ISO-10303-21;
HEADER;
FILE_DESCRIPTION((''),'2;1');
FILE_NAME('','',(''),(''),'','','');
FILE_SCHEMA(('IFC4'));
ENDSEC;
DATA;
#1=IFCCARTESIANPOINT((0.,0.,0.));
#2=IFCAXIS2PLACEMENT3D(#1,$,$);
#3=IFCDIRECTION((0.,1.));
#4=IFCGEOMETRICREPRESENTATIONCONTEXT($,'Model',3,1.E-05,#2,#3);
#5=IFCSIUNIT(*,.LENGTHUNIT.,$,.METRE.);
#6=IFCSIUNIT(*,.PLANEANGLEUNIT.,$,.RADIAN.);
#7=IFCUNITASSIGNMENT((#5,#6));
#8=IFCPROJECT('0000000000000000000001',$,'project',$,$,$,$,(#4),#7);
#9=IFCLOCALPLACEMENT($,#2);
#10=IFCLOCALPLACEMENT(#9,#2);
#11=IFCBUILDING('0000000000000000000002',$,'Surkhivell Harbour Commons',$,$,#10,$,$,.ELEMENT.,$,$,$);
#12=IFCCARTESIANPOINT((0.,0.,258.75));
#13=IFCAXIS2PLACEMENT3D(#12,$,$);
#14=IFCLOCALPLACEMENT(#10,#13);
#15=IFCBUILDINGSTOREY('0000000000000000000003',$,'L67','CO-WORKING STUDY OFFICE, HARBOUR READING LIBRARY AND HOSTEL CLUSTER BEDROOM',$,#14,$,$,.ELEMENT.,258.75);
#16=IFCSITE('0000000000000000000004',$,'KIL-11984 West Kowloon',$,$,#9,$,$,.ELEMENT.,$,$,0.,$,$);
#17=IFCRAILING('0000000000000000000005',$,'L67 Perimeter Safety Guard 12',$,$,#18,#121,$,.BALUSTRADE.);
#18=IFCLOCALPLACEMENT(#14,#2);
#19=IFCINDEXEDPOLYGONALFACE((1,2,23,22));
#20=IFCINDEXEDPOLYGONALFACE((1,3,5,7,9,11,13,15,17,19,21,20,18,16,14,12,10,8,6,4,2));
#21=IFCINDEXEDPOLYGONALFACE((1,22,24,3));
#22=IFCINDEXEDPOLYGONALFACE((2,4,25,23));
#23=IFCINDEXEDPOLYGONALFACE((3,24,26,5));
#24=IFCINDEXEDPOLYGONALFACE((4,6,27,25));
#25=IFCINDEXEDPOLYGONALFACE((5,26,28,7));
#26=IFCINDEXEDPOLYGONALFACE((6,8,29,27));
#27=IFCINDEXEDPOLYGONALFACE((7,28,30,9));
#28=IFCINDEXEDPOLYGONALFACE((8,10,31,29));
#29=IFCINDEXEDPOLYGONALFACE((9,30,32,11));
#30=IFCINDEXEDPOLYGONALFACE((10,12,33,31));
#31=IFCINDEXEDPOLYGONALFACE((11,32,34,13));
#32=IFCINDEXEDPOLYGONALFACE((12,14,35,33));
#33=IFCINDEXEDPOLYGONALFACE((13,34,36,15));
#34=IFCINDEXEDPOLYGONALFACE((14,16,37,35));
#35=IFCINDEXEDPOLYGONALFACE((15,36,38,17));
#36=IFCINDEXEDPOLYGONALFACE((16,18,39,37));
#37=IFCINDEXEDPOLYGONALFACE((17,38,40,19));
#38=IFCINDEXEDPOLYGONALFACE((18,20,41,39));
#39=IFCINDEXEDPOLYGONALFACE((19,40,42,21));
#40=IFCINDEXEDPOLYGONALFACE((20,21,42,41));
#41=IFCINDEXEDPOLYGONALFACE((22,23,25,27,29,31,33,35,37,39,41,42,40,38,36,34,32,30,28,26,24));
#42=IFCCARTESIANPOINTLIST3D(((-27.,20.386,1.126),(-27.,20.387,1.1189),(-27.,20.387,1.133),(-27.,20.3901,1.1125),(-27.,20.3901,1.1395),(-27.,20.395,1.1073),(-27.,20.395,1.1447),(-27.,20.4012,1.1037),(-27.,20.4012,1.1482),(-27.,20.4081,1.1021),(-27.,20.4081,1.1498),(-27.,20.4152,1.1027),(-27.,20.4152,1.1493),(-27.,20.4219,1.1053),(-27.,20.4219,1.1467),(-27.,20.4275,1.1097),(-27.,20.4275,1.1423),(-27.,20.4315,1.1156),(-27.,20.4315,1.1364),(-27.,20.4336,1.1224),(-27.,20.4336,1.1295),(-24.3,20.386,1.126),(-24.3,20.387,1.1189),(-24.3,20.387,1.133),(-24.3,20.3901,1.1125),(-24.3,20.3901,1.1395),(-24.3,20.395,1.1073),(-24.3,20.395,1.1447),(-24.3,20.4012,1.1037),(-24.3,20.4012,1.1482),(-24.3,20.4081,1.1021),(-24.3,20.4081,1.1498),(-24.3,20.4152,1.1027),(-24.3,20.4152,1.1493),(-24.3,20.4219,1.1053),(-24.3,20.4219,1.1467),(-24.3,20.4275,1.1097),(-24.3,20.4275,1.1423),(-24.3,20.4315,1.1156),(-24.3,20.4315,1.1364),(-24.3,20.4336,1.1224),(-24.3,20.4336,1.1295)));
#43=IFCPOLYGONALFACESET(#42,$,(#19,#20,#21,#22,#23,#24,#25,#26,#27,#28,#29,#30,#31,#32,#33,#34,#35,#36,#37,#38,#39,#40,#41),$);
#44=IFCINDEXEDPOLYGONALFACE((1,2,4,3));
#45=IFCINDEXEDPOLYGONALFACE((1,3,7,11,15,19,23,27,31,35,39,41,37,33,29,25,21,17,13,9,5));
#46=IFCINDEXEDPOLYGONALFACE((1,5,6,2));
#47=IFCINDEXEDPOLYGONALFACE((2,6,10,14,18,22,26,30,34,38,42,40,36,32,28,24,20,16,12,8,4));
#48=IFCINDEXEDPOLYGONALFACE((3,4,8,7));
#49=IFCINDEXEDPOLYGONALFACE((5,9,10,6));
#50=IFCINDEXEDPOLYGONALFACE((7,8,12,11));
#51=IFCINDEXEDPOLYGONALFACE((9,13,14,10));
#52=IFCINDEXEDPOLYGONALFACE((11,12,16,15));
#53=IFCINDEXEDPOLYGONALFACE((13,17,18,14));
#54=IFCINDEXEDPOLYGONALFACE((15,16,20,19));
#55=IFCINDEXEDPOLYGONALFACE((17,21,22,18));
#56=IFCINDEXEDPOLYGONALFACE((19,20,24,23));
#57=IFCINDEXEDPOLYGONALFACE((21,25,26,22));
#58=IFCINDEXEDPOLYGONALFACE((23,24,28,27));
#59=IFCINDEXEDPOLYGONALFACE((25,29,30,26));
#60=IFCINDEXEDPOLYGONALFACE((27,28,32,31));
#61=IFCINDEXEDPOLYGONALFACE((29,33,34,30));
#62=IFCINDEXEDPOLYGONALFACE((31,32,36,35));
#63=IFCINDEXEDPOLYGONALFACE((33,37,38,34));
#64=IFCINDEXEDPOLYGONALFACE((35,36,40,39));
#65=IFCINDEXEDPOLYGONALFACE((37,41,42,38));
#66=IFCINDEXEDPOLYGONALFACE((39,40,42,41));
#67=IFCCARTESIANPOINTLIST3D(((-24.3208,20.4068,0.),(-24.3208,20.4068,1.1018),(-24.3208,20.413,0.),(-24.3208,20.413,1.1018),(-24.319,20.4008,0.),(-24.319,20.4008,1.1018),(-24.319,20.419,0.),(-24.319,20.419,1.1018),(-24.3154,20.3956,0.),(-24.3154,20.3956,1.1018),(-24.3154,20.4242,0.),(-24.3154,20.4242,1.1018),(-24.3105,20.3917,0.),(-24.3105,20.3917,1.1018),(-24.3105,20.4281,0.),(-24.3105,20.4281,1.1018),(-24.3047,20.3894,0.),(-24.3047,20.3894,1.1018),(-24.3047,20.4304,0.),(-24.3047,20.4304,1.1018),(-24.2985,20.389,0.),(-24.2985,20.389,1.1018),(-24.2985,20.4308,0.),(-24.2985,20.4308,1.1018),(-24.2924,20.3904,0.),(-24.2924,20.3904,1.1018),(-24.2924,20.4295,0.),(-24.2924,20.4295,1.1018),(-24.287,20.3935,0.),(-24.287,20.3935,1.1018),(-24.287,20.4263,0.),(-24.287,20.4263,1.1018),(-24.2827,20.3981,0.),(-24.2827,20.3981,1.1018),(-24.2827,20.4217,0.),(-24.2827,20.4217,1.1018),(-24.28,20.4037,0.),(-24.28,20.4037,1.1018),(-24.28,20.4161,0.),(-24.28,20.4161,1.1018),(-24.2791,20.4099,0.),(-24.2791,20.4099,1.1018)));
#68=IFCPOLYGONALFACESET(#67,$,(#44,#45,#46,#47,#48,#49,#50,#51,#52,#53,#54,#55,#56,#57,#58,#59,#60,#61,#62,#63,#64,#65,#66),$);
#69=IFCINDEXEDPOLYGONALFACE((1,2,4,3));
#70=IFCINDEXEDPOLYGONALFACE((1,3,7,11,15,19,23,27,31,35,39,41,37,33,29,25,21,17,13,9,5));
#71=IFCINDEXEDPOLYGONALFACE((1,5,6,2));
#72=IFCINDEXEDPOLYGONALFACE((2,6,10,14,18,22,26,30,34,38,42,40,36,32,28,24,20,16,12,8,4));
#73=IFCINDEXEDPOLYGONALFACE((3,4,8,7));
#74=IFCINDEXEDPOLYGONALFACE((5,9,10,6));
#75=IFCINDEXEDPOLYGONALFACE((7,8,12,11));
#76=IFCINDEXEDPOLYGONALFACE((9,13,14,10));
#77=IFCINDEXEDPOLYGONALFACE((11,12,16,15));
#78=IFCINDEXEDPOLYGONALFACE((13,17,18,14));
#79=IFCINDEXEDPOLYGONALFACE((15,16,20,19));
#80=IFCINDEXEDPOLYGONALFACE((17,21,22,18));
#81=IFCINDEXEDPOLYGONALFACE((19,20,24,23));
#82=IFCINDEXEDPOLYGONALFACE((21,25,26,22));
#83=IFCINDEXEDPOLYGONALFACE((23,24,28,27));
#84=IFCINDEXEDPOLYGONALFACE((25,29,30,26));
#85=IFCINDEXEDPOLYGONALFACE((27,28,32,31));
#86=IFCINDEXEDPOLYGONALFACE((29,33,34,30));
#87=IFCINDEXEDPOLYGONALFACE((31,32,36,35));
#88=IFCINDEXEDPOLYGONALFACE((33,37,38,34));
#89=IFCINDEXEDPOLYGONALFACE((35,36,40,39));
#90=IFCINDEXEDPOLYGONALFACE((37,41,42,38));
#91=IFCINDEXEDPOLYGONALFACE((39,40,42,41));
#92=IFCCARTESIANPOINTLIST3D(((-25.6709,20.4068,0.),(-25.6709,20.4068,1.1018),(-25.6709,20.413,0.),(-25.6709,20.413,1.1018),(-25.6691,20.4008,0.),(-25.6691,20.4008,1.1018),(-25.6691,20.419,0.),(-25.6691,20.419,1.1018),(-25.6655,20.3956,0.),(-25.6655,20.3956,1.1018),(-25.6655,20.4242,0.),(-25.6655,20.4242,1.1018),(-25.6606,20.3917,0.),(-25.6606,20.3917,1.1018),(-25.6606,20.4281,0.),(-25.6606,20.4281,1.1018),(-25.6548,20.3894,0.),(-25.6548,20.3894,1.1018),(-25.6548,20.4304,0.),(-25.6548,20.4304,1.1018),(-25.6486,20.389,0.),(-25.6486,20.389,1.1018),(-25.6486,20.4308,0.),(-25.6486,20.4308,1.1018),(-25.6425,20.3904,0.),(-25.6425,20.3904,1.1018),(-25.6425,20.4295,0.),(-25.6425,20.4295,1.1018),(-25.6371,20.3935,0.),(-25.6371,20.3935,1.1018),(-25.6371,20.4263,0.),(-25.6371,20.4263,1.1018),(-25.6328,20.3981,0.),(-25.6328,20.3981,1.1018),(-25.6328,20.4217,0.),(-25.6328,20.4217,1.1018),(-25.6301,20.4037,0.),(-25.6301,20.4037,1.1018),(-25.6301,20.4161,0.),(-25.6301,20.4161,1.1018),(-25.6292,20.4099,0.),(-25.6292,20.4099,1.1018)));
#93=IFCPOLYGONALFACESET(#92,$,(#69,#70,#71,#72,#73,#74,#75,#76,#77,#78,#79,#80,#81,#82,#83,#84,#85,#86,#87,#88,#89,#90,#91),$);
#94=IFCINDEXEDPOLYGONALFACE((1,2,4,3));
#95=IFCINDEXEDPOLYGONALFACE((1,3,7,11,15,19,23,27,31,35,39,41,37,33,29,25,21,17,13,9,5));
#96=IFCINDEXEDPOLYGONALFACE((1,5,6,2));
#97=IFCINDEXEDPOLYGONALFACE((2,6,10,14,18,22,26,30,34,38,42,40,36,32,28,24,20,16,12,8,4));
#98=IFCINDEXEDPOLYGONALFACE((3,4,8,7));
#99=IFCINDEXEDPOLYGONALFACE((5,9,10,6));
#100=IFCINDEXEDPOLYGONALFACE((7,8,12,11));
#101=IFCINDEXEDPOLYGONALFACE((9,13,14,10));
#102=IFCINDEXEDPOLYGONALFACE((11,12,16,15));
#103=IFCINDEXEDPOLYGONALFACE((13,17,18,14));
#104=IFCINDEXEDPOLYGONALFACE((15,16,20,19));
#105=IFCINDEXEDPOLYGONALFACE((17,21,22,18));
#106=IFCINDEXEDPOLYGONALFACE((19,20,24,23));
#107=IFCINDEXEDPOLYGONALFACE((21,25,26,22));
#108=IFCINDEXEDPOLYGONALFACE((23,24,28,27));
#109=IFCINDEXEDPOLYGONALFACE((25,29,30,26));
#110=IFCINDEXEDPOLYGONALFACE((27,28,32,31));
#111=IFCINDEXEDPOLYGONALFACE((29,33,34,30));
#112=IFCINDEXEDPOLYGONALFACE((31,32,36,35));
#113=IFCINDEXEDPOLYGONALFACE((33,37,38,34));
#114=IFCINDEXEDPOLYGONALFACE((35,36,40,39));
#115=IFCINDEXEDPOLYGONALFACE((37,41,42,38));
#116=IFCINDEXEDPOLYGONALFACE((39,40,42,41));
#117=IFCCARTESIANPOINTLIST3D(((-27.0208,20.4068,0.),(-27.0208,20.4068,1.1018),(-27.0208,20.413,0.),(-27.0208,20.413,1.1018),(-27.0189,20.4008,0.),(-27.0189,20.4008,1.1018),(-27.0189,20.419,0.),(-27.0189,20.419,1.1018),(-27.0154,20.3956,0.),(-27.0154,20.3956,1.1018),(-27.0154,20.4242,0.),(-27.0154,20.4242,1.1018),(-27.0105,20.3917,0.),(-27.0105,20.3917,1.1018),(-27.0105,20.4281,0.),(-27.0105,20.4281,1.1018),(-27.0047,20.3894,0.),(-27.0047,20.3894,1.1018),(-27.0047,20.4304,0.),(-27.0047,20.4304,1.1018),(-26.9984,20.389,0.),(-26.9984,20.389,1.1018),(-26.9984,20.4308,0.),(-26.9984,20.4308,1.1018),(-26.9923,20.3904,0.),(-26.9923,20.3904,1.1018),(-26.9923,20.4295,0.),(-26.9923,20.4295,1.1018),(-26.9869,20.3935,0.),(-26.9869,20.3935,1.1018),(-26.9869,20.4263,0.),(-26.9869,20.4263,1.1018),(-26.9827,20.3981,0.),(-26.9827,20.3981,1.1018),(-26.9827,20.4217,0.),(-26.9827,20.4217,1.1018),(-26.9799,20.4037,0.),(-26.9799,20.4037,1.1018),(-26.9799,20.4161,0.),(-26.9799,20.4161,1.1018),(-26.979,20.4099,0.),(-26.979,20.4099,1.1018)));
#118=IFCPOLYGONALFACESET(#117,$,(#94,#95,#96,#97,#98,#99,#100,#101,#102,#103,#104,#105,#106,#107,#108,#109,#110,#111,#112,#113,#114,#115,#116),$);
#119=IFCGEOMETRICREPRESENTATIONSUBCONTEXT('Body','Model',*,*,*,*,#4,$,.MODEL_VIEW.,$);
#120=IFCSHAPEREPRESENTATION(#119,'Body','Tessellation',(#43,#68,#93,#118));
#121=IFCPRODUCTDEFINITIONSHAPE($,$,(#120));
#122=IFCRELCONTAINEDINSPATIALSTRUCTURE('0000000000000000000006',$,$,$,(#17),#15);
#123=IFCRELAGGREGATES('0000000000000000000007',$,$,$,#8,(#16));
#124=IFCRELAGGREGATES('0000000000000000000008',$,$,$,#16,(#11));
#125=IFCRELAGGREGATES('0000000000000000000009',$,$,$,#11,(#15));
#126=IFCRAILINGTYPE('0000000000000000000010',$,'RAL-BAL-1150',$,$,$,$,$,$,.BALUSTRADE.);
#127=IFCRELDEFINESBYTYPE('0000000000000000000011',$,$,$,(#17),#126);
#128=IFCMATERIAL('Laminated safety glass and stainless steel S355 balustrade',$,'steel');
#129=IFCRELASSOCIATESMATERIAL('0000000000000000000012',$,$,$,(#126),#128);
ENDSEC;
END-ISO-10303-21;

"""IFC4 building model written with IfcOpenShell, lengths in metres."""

from ifc_helpers import new_model, si_unit, direction, frame, origin, origin_2d, place, context, subcontext, project, spatial, circle, extrude, material, type_object, element, save


model = new_model("IFC4")

# Units and contexts
model_context = context("Model", 3, precision=1e-05, world=origin(), true_north=direction((0.0, 1.0)))
body_context = subcontext(model_context, "Body", "Model", "MODEL_VIEW")
ifc_project = project(units=[si_unit("LENGTHUNIT", "METRE"), si_unit("PLANEANGLEUNIT", "RADIAN")], contexts=[model_context])

# Site, building, storey
site_placement = place(None, origin())
site = spatial("IfcSite", under=ifc_project, at=site_placement, Name="KIL-11984 West Kowloon", CompositionType="ELEMENT", RefElevation=0.0)
building_placement = place(site_placement, origin())
building = spatial("IfcBuilding", under=site, at=building_placement, Name="Surkhivell Harbour Commons", CompositionType="ELEMENT")
storey_placement = place(building_placement, frame((0.0, 0.0, 258.75)))
storey = spatial("IfcBuildingStorey", under=building, at=storey_placement, Name="L67", Description="CO-WORKING STUDY OFFICE, HARBOUR READING LIBRARY AND HOSTEL CLUSTER BEDROOM", CompositionType="ELEMENT", Elevation=258.75)

# Railing
ifc_material_1 = material(Name="Laminated safety glass and stainless steel S355 balustrade", Category="steel")
railing_type = type_object("IfcRailingType", Name="RAL-BAL-1150", PredefinedType="BALUSTRADE", material=ifc_material_1)
railing_1_placement = place(storey_placement, frame((-24.3, 20.4099, 0.0)))
element("IfcRailing", 1, at=railing_1_placement, inside=storey, type_object=railing_type, Name="L67 Perimeter Safety Guard 12", PredefinedType="BALUSTRADE", context=body_context, shape_type="SweptSolid", body=[
    extrude(circle(Radius=0.0239, at=origin_2d()), frame((0.0, 0.0, 1.126), z_axis=(-1.0, 0.0, 0.0), x_axis=(0.0, -1.0, 0.0)), (0.0, 0.0, 1.0), 2.7),
    extrude(circle(Radius=0.021, at=origin_2d()), origin(), (0.0, 0.0, 1.0), 1.1018),
    extrude(circle(Radius=0.021, at=origin_2d()), frame((-1.3501, 0.0, 0.0)), (0.0, 0.0, 1.0), 1.1018),
    extrude(circle(Radius=0.021, at=origin_2d()), frame((-2.7, 0.0, 0.0)), (0.0, 0.0, 1.0), 1.1018),
])

save(model, "model.ifc")
